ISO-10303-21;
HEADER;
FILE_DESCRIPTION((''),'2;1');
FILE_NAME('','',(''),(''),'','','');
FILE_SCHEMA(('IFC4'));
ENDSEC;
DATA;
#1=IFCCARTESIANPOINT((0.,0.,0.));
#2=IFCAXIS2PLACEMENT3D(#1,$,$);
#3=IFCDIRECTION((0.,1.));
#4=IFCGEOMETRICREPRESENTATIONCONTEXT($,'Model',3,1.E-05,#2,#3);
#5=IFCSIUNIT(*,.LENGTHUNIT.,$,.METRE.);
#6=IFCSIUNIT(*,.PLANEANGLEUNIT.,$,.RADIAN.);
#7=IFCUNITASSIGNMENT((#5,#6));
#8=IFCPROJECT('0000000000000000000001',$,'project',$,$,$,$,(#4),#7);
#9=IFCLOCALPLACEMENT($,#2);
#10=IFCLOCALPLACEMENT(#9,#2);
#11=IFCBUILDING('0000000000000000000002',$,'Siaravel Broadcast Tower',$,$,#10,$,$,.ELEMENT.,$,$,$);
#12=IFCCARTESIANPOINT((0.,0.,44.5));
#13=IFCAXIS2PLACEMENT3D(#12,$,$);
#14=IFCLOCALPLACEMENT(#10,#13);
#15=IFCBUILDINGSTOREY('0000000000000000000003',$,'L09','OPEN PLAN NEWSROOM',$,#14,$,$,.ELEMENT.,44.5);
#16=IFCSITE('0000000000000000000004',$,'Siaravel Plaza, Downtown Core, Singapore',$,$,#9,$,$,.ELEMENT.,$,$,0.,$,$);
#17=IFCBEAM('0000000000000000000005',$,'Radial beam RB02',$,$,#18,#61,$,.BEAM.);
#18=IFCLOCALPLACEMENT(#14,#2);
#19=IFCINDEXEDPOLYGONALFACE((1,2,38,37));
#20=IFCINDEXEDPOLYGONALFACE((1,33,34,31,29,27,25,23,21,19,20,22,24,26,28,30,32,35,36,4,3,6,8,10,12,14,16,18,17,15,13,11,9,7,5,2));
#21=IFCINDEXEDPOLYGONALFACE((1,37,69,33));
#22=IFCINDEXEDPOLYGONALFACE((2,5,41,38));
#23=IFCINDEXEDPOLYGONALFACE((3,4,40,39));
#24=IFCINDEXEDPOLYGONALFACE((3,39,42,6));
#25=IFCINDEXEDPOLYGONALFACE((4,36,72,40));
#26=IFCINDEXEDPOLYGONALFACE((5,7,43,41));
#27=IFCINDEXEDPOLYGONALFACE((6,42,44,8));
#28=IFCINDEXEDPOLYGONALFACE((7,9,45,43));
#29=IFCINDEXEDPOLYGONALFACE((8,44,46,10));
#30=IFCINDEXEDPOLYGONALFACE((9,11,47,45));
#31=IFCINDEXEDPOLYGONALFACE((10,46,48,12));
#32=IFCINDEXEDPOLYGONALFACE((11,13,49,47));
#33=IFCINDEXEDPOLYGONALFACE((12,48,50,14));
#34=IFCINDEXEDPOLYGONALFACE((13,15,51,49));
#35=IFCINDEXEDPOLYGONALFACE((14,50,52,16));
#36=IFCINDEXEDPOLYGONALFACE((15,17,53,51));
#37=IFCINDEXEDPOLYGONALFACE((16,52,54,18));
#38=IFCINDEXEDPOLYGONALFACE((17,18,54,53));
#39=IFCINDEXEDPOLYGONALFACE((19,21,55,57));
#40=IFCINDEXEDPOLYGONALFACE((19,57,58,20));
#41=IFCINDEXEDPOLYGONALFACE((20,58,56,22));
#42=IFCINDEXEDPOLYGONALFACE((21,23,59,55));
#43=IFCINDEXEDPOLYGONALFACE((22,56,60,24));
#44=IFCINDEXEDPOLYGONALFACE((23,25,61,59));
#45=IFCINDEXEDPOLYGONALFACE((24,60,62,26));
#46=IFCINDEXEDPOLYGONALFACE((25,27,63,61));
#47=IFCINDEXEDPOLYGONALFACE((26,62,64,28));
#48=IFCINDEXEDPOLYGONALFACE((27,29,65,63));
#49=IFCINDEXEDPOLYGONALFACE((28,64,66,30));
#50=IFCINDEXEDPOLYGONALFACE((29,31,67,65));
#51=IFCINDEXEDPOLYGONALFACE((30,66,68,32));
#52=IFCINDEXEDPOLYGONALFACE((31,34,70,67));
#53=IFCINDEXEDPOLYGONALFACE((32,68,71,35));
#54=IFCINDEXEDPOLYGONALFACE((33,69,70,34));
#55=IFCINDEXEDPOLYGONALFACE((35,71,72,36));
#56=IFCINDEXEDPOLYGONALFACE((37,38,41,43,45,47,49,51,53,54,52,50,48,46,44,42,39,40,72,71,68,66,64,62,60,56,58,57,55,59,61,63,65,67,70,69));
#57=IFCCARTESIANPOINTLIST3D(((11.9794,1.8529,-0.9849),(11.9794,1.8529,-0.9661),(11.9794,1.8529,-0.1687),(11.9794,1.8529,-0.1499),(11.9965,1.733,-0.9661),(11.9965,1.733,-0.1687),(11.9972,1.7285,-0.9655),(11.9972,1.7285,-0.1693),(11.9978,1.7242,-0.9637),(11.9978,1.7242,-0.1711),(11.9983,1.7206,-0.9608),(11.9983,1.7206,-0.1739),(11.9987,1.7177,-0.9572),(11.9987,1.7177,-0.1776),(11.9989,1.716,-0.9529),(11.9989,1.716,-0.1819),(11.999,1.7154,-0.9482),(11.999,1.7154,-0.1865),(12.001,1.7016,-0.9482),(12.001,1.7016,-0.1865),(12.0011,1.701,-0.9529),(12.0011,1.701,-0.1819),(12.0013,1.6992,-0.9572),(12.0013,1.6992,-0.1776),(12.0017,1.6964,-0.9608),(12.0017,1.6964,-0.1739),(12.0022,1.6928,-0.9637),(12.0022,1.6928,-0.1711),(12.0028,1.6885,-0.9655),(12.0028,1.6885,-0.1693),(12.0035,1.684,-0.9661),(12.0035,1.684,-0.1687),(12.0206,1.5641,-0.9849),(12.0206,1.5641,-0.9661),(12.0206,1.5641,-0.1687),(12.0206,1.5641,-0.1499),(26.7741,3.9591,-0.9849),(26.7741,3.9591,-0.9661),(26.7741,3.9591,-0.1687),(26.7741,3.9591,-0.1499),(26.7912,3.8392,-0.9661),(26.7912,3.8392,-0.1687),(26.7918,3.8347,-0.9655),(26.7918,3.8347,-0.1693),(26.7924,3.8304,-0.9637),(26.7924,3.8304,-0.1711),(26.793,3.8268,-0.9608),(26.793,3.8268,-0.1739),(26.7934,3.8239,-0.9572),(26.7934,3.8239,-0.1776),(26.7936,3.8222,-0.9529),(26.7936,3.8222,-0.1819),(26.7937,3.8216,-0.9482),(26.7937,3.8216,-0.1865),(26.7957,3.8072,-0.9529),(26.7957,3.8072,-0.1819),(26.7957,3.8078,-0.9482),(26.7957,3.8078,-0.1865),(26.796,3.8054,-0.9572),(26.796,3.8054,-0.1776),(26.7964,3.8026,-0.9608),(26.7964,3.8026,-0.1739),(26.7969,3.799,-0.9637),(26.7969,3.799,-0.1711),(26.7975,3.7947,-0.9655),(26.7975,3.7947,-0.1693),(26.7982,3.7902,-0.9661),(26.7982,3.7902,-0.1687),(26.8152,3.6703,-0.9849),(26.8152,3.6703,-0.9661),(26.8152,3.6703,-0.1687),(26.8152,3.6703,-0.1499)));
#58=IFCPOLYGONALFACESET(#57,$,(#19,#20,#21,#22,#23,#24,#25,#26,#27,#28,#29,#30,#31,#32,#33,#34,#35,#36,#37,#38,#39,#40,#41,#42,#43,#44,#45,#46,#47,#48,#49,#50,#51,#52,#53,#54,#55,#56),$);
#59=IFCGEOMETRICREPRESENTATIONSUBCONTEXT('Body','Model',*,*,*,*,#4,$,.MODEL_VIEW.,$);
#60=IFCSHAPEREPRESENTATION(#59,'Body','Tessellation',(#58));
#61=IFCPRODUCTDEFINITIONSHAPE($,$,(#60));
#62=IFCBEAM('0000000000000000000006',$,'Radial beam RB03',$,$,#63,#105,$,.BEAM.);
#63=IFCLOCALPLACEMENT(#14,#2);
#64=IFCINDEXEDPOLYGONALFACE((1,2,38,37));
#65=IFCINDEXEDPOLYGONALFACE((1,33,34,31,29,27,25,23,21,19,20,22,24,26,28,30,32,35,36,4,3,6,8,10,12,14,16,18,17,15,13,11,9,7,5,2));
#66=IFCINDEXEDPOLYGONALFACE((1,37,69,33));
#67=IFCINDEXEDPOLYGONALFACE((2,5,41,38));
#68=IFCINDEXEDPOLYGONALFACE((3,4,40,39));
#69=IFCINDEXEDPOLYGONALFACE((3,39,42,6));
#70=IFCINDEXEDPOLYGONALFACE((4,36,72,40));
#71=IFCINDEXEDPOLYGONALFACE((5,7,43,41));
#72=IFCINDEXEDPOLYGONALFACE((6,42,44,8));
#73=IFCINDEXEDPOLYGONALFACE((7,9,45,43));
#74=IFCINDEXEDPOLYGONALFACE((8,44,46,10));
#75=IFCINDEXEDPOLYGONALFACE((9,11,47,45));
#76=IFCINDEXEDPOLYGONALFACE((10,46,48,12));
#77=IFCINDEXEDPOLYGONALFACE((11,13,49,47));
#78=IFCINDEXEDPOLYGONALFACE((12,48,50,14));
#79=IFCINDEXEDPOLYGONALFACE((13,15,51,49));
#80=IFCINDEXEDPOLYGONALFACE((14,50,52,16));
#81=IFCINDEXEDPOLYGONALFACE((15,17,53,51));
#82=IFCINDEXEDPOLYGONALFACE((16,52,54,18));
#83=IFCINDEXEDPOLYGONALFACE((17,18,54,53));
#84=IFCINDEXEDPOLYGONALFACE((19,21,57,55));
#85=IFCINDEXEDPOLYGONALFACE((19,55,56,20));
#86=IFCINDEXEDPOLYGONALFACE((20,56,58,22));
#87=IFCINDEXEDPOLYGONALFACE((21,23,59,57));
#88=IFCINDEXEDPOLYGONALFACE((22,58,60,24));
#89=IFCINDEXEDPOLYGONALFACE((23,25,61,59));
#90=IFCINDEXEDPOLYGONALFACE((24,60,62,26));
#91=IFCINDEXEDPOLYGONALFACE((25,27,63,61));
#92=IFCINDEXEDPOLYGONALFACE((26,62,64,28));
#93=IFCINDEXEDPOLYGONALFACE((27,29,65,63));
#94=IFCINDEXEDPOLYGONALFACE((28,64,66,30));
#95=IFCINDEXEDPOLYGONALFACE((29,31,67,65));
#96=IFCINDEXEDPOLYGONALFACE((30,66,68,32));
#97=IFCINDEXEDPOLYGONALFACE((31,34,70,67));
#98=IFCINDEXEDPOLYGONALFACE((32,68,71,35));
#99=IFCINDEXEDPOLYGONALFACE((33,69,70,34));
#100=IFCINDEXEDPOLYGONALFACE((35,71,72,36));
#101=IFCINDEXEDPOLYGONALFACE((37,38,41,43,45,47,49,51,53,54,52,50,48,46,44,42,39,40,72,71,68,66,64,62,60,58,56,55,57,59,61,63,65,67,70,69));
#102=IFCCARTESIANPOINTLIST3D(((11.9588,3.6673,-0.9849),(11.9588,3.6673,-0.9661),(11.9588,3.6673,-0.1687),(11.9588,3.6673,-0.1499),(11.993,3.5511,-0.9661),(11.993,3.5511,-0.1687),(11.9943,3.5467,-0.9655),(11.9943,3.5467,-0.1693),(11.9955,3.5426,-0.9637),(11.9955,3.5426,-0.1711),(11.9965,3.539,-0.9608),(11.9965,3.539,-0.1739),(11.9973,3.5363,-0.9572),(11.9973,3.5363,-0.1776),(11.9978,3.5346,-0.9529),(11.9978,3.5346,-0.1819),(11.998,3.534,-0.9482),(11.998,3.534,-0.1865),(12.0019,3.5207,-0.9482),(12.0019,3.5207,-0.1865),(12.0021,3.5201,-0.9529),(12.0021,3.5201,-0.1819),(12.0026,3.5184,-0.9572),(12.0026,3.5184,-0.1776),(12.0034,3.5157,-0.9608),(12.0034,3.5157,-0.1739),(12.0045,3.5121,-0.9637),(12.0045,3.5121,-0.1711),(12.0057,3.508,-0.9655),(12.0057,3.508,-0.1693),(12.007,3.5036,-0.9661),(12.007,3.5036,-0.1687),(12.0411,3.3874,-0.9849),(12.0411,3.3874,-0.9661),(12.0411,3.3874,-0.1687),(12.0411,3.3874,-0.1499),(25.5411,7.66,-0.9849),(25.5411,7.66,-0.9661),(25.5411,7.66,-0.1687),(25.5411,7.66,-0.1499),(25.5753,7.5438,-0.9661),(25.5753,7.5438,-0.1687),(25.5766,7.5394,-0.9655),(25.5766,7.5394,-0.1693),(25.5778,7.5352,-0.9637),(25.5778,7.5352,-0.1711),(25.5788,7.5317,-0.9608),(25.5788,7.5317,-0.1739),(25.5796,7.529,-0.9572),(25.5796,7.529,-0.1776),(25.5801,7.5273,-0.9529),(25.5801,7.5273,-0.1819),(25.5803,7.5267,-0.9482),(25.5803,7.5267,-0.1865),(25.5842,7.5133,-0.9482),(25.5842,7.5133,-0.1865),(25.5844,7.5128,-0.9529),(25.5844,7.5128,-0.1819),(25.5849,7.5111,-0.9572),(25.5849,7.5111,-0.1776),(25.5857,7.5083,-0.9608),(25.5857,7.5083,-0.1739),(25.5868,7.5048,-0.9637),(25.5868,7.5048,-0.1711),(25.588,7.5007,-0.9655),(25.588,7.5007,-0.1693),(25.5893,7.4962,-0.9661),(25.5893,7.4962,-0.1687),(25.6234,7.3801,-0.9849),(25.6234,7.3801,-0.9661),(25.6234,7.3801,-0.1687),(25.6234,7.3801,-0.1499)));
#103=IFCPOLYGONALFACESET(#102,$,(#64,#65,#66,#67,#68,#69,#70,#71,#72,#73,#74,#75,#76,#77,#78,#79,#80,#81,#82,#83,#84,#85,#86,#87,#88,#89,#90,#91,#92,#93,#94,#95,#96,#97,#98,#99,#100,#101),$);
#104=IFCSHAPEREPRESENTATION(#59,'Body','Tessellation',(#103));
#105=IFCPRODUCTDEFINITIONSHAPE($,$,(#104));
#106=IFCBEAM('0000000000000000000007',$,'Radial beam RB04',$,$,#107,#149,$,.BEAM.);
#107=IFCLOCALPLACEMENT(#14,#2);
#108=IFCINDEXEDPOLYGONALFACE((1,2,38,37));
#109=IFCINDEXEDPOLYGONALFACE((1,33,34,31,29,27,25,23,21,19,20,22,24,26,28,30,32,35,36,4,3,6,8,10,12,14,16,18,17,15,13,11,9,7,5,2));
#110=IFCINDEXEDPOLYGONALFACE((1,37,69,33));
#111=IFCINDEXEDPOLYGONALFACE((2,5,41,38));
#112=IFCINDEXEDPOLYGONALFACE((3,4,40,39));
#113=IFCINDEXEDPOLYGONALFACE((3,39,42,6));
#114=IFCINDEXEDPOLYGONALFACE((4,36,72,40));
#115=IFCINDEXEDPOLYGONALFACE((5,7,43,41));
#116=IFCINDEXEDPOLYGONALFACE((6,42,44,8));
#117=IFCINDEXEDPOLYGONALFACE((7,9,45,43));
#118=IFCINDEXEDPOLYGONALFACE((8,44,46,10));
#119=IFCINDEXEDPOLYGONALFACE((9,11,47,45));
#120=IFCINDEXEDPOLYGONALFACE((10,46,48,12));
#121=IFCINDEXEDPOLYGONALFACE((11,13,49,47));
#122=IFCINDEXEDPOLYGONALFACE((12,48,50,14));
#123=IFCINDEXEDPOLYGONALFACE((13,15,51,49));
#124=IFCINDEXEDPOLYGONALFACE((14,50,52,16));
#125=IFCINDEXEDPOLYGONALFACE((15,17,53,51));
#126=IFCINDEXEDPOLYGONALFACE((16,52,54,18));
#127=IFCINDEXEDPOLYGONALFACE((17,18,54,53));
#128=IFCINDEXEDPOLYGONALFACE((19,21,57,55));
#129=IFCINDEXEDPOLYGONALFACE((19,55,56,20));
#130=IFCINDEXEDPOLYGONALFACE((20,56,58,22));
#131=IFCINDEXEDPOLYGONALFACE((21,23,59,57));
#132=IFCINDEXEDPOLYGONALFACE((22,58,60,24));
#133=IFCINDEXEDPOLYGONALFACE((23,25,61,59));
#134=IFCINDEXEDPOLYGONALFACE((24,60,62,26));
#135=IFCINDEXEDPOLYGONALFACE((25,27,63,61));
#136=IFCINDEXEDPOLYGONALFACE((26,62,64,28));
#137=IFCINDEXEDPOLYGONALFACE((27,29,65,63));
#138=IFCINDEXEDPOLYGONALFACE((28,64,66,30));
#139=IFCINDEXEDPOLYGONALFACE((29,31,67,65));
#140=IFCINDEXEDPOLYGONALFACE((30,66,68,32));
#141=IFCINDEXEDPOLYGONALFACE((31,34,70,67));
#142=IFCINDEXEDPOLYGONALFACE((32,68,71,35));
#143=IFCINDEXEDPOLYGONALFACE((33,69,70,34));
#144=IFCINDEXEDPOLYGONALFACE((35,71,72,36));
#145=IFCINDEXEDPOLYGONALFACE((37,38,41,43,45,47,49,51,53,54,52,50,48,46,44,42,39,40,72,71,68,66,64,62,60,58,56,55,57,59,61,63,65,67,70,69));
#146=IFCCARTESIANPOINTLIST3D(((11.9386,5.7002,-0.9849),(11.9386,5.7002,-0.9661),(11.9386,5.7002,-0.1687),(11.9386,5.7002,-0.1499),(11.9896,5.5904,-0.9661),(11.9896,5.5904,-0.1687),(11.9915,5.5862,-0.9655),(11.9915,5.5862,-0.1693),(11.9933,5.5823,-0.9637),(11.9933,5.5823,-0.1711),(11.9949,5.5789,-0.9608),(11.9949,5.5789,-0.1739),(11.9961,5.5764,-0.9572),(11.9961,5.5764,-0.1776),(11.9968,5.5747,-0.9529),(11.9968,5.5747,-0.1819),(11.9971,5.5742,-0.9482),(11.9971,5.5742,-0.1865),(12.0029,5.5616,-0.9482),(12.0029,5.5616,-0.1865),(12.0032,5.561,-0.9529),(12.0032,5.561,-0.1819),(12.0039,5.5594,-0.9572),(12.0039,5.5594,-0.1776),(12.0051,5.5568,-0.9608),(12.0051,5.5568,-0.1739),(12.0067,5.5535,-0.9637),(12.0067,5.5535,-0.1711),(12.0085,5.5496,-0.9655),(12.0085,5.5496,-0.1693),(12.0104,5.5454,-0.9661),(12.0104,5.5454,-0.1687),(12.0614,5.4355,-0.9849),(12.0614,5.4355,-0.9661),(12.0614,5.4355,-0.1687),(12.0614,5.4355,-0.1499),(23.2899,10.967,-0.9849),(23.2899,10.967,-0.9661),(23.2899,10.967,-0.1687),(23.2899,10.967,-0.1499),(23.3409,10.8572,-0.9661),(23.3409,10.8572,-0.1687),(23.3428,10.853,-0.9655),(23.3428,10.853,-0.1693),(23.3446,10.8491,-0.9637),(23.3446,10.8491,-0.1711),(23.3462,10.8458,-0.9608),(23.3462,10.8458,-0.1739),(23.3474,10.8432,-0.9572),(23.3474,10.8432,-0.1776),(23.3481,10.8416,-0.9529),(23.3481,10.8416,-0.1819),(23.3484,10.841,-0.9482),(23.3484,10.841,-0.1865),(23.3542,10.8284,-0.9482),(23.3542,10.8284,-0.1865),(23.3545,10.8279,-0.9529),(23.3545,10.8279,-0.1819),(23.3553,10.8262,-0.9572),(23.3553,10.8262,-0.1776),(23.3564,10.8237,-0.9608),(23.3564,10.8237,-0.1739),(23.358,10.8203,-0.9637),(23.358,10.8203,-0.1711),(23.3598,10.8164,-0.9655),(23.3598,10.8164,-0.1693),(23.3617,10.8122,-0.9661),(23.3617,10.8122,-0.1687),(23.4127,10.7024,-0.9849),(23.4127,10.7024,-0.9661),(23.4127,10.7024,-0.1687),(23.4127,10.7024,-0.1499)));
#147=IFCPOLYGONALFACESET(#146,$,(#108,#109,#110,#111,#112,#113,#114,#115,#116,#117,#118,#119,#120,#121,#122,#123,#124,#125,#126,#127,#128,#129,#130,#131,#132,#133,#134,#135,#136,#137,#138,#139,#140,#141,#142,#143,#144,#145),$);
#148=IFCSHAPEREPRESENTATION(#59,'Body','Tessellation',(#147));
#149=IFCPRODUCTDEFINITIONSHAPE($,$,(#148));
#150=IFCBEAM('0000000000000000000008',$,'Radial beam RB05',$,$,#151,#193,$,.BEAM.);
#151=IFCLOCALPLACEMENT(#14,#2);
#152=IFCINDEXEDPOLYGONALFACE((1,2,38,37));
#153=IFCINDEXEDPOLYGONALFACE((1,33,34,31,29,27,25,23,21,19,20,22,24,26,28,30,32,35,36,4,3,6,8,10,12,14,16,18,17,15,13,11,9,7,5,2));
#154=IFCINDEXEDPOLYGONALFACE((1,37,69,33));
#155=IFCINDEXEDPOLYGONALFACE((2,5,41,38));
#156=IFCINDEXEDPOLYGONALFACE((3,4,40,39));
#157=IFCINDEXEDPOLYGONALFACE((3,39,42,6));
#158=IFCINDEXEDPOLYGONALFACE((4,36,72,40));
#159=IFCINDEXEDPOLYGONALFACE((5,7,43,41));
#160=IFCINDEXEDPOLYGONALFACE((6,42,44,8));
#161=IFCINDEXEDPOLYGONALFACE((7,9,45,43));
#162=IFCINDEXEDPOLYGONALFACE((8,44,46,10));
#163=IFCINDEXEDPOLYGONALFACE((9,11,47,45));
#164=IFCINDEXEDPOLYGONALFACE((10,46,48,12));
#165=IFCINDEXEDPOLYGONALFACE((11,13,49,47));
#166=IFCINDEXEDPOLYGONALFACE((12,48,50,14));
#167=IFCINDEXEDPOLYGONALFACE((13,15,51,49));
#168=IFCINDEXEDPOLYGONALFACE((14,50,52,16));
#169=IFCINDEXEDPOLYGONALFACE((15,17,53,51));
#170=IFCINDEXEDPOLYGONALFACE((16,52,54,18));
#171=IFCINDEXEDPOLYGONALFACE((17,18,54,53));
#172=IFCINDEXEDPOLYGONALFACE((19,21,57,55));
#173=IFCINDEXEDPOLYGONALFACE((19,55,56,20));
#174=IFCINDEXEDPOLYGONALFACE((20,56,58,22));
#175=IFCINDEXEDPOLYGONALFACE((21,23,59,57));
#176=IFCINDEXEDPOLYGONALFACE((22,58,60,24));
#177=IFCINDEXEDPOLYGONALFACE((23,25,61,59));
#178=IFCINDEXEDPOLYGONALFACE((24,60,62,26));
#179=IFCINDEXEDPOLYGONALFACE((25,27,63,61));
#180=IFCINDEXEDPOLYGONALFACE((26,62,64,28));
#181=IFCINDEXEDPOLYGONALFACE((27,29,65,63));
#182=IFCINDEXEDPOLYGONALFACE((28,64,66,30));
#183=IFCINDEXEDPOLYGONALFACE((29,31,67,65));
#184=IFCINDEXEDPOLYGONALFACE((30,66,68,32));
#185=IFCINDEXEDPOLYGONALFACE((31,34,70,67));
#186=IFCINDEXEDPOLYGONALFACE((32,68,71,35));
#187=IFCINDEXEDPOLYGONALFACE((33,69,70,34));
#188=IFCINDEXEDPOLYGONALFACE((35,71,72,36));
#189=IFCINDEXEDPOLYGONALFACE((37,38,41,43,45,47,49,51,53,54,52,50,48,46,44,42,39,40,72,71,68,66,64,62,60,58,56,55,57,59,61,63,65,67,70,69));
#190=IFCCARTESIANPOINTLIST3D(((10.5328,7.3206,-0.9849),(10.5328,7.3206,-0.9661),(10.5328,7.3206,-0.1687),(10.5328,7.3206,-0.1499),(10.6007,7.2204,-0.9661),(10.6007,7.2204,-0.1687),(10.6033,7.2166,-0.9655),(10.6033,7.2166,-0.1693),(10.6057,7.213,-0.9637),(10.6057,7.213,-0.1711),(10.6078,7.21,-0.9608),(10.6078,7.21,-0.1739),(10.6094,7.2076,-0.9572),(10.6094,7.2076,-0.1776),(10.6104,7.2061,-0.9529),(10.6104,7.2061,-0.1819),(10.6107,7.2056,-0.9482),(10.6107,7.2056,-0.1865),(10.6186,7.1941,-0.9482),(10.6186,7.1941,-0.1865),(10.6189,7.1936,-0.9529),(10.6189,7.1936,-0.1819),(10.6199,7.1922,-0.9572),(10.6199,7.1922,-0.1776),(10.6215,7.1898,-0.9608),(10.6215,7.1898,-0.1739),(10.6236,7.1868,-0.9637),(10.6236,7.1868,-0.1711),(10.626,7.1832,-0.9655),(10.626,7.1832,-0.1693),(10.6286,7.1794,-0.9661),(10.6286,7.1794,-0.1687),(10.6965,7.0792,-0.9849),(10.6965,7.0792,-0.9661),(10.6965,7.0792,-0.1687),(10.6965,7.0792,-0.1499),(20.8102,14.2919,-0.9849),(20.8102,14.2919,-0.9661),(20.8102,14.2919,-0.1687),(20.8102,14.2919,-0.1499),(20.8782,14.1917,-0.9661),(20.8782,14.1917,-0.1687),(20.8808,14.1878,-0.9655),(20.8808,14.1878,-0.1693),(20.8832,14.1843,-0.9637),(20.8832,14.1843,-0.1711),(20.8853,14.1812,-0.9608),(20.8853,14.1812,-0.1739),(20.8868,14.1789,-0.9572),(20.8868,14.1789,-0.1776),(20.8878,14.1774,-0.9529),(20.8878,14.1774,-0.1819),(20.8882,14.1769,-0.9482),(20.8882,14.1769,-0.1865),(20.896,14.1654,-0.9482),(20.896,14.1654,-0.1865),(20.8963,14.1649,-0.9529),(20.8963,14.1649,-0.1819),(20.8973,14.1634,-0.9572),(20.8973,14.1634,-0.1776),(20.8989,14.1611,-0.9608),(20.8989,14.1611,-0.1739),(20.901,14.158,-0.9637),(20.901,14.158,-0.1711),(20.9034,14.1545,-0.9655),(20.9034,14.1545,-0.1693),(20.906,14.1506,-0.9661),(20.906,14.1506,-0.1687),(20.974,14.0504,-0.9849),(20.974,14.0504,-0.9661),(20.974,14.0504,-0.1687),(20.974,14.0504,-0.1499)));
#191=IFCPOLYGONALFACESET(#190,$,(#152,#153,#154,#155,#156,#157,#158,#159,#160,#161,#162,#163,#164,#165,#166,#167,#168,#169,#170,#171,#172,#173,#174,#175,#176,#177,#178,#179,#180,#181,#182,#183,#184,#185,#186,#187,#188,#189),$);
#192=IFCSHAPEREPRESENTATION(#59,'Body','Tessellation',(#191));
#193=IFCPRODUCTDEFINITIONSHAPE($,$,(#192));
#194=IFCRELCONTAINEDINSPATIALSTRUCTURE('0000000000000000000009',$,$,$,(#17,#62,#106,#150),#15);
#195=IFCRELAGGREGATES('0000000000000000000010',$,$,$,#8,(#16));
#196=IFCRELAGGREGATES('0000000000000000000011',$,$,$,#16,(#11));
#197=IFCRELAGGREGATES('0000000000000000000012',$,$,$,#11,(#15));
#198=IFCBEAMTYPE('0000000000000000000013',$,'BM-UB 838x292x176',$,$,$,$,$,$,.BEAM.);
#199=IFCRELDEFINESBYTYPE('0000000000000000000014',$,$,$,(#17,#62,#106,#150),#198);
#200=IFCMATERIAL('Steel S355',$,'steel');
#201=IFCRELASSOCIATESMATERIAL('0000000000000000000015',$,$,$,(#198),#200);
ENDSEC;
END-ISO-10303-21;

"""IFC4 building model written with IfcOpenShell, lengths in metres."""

from ifc_helpers import new_model, si_unit, direction, frame, origin, origin_2d, place, context, subcontext, project, spatial, i_section, extrude, material, material_profile, profile_set, type_object, element, save


model = new_model("IFC4")

# Units and contexts
model_context = context("Model", 3, precision=1e-05, world=origin(), true_north=direction((0.0, 1.0)))
body_context = subcontext(model_context, "Body", "Model", "MODEL_VIEW")
ifc_project = project(units=[si_unit("LENGTHUNIT", "METRE"), si_unit("PLANEANGLEUNIT", "RADIAN")], contexts=[model_context])

# Site, building, storey
site_placement = place(None, origin())
site = spatial("IfcSite", under=ifc_project, at=site_placement, Name="Siaravel Plaza, Downtown Core, Singapore", CompositionType="ELEMENT", RefElevation=0.0)
building_placement = place(site_placement, origin())
building = spatial("IfcBuilding", under=site, at=building_placement, Name="Siaravel Broadcast Tower", CompositionType="ELEMENT")
storey_placement = place(building_placement, frame((0.0, 0.0, 44.5)))
storey = spatial("IfcBuildingStorey", under=building, at=storey_placement, Name="L09", Description="OPEN PLAN NEWSROOM", CompositionType="ELEMENT", Elevation=44.5)

# Beams
ifc_material_1 = material(Name="Steel S355", Category="steel")
ifc_material_profile_1 = material_profile(ifc_material_1, i_section(OverallWidth=0.2917, OverallDepth=0.835, WebThickness=0.0139, FlangeThickness=0.0188, FilletRadius=0.0178, at=origin_2d()))
ifc_profile_set_1 = profile_set([ifc_material_profile_1], Name="Steel S355")
beam_type = type_object("IfcBeamType", Name="BM-UB 838x292x176", PredefinedType="BEAM", material=ifc_profile_set_1)
beam_1_placement = place(storey_placement, frame((26.7947, 3.8147, -0.5674), z_axis=(-0.990018, -0.140941, 0.0), x_axis=(0.140941, -0.990018, 0.0)))
element("IfcBeam", 1, at=beam_1_placement, inside=storey, type_object=beam_type, Name="Radial beam RB02", PredefinedType="BEAM", context=body_context, shape_type="SweptSolid", body=[
    extrude(i_section(OverallWidth=0.2917, OverallDepth=0.835, WebThickness=0.0139, FlangeThickness=0.0188, FilletRadius=0.0178, at=origin_2d()), origin(), (0.0, 0.0, 1.0), 14.9438),
])
beam_2_placement = place(storey_placement, frame((25.5823, 7.52, -0.5674), z_axis=(-0.959406, -0.282029, 0.0), x_axis=(0.282029, -0.959406, 0.0)))
element("IfcBeam", 2, at=beam_2_placement, inside=storey, type_object=beam_type, Name="Radial beam RB03", PredefinedType="BEAM", context=body_context, shape_type="SweptSolid", body=[
    extrude(i_section(OverallWidth=0.2917, OverallDepth=0.835, WebThickness=0.0139, FlangeThickness=0.0188, FilletRadius=0.0178, at=origin_2d()), origin(), (0.0, 0.0, 1.0), 14.157),
])
beam_3_placement = place(storey_placement, frame((23.3513, 10.8347, -0.5674), z_axis=(-0.907113, -0.420887, 0.0), x_axis=(0.420887, -0.907113, 0.0)))
element("IfcBeam", 3, at=beam_3_placement, inside=storey, type_object=beam_type, Name="Radial beam RB04", PredefinedType="BEAM", context=body_context, shape_type="SweptSolid", body=[
    extrude(i_section(OverallWidth=0.2917, OverallDepth=0.835, WebThickness=0.0139, FlangeThickness=0.0188, FilletRadius=0.0178, at=origin_2d()), origin(), (0.0, 0.0, 1.0), 12.5137),
])
beam_4_placement = place(storey_placement, frame((20.8921, 14.1711, -0.5674), z_axis=(-0.827578, -0.561351, 0.0), x_axis=(0.561351, -0.827578, 0.0)))
element("IfcBeam", 4, at=beam_4_placement, inside=storey, type_object=beam_type, Name="Radial beam RB05", PredefinedType="BEAM", context=body_context, shape_type="SweptSolid", body=[
    extrude(i_section(OverallWidth=0.2917, OverallDepth=0.835, WebThickness=0.0139, FlangeThickness=0.0188, FilletRadius=0.0178, at=origin_2d()), origin(), (0.0, 0.0, 1.0), 12.4187),
])

save(model, "model.ifc")
